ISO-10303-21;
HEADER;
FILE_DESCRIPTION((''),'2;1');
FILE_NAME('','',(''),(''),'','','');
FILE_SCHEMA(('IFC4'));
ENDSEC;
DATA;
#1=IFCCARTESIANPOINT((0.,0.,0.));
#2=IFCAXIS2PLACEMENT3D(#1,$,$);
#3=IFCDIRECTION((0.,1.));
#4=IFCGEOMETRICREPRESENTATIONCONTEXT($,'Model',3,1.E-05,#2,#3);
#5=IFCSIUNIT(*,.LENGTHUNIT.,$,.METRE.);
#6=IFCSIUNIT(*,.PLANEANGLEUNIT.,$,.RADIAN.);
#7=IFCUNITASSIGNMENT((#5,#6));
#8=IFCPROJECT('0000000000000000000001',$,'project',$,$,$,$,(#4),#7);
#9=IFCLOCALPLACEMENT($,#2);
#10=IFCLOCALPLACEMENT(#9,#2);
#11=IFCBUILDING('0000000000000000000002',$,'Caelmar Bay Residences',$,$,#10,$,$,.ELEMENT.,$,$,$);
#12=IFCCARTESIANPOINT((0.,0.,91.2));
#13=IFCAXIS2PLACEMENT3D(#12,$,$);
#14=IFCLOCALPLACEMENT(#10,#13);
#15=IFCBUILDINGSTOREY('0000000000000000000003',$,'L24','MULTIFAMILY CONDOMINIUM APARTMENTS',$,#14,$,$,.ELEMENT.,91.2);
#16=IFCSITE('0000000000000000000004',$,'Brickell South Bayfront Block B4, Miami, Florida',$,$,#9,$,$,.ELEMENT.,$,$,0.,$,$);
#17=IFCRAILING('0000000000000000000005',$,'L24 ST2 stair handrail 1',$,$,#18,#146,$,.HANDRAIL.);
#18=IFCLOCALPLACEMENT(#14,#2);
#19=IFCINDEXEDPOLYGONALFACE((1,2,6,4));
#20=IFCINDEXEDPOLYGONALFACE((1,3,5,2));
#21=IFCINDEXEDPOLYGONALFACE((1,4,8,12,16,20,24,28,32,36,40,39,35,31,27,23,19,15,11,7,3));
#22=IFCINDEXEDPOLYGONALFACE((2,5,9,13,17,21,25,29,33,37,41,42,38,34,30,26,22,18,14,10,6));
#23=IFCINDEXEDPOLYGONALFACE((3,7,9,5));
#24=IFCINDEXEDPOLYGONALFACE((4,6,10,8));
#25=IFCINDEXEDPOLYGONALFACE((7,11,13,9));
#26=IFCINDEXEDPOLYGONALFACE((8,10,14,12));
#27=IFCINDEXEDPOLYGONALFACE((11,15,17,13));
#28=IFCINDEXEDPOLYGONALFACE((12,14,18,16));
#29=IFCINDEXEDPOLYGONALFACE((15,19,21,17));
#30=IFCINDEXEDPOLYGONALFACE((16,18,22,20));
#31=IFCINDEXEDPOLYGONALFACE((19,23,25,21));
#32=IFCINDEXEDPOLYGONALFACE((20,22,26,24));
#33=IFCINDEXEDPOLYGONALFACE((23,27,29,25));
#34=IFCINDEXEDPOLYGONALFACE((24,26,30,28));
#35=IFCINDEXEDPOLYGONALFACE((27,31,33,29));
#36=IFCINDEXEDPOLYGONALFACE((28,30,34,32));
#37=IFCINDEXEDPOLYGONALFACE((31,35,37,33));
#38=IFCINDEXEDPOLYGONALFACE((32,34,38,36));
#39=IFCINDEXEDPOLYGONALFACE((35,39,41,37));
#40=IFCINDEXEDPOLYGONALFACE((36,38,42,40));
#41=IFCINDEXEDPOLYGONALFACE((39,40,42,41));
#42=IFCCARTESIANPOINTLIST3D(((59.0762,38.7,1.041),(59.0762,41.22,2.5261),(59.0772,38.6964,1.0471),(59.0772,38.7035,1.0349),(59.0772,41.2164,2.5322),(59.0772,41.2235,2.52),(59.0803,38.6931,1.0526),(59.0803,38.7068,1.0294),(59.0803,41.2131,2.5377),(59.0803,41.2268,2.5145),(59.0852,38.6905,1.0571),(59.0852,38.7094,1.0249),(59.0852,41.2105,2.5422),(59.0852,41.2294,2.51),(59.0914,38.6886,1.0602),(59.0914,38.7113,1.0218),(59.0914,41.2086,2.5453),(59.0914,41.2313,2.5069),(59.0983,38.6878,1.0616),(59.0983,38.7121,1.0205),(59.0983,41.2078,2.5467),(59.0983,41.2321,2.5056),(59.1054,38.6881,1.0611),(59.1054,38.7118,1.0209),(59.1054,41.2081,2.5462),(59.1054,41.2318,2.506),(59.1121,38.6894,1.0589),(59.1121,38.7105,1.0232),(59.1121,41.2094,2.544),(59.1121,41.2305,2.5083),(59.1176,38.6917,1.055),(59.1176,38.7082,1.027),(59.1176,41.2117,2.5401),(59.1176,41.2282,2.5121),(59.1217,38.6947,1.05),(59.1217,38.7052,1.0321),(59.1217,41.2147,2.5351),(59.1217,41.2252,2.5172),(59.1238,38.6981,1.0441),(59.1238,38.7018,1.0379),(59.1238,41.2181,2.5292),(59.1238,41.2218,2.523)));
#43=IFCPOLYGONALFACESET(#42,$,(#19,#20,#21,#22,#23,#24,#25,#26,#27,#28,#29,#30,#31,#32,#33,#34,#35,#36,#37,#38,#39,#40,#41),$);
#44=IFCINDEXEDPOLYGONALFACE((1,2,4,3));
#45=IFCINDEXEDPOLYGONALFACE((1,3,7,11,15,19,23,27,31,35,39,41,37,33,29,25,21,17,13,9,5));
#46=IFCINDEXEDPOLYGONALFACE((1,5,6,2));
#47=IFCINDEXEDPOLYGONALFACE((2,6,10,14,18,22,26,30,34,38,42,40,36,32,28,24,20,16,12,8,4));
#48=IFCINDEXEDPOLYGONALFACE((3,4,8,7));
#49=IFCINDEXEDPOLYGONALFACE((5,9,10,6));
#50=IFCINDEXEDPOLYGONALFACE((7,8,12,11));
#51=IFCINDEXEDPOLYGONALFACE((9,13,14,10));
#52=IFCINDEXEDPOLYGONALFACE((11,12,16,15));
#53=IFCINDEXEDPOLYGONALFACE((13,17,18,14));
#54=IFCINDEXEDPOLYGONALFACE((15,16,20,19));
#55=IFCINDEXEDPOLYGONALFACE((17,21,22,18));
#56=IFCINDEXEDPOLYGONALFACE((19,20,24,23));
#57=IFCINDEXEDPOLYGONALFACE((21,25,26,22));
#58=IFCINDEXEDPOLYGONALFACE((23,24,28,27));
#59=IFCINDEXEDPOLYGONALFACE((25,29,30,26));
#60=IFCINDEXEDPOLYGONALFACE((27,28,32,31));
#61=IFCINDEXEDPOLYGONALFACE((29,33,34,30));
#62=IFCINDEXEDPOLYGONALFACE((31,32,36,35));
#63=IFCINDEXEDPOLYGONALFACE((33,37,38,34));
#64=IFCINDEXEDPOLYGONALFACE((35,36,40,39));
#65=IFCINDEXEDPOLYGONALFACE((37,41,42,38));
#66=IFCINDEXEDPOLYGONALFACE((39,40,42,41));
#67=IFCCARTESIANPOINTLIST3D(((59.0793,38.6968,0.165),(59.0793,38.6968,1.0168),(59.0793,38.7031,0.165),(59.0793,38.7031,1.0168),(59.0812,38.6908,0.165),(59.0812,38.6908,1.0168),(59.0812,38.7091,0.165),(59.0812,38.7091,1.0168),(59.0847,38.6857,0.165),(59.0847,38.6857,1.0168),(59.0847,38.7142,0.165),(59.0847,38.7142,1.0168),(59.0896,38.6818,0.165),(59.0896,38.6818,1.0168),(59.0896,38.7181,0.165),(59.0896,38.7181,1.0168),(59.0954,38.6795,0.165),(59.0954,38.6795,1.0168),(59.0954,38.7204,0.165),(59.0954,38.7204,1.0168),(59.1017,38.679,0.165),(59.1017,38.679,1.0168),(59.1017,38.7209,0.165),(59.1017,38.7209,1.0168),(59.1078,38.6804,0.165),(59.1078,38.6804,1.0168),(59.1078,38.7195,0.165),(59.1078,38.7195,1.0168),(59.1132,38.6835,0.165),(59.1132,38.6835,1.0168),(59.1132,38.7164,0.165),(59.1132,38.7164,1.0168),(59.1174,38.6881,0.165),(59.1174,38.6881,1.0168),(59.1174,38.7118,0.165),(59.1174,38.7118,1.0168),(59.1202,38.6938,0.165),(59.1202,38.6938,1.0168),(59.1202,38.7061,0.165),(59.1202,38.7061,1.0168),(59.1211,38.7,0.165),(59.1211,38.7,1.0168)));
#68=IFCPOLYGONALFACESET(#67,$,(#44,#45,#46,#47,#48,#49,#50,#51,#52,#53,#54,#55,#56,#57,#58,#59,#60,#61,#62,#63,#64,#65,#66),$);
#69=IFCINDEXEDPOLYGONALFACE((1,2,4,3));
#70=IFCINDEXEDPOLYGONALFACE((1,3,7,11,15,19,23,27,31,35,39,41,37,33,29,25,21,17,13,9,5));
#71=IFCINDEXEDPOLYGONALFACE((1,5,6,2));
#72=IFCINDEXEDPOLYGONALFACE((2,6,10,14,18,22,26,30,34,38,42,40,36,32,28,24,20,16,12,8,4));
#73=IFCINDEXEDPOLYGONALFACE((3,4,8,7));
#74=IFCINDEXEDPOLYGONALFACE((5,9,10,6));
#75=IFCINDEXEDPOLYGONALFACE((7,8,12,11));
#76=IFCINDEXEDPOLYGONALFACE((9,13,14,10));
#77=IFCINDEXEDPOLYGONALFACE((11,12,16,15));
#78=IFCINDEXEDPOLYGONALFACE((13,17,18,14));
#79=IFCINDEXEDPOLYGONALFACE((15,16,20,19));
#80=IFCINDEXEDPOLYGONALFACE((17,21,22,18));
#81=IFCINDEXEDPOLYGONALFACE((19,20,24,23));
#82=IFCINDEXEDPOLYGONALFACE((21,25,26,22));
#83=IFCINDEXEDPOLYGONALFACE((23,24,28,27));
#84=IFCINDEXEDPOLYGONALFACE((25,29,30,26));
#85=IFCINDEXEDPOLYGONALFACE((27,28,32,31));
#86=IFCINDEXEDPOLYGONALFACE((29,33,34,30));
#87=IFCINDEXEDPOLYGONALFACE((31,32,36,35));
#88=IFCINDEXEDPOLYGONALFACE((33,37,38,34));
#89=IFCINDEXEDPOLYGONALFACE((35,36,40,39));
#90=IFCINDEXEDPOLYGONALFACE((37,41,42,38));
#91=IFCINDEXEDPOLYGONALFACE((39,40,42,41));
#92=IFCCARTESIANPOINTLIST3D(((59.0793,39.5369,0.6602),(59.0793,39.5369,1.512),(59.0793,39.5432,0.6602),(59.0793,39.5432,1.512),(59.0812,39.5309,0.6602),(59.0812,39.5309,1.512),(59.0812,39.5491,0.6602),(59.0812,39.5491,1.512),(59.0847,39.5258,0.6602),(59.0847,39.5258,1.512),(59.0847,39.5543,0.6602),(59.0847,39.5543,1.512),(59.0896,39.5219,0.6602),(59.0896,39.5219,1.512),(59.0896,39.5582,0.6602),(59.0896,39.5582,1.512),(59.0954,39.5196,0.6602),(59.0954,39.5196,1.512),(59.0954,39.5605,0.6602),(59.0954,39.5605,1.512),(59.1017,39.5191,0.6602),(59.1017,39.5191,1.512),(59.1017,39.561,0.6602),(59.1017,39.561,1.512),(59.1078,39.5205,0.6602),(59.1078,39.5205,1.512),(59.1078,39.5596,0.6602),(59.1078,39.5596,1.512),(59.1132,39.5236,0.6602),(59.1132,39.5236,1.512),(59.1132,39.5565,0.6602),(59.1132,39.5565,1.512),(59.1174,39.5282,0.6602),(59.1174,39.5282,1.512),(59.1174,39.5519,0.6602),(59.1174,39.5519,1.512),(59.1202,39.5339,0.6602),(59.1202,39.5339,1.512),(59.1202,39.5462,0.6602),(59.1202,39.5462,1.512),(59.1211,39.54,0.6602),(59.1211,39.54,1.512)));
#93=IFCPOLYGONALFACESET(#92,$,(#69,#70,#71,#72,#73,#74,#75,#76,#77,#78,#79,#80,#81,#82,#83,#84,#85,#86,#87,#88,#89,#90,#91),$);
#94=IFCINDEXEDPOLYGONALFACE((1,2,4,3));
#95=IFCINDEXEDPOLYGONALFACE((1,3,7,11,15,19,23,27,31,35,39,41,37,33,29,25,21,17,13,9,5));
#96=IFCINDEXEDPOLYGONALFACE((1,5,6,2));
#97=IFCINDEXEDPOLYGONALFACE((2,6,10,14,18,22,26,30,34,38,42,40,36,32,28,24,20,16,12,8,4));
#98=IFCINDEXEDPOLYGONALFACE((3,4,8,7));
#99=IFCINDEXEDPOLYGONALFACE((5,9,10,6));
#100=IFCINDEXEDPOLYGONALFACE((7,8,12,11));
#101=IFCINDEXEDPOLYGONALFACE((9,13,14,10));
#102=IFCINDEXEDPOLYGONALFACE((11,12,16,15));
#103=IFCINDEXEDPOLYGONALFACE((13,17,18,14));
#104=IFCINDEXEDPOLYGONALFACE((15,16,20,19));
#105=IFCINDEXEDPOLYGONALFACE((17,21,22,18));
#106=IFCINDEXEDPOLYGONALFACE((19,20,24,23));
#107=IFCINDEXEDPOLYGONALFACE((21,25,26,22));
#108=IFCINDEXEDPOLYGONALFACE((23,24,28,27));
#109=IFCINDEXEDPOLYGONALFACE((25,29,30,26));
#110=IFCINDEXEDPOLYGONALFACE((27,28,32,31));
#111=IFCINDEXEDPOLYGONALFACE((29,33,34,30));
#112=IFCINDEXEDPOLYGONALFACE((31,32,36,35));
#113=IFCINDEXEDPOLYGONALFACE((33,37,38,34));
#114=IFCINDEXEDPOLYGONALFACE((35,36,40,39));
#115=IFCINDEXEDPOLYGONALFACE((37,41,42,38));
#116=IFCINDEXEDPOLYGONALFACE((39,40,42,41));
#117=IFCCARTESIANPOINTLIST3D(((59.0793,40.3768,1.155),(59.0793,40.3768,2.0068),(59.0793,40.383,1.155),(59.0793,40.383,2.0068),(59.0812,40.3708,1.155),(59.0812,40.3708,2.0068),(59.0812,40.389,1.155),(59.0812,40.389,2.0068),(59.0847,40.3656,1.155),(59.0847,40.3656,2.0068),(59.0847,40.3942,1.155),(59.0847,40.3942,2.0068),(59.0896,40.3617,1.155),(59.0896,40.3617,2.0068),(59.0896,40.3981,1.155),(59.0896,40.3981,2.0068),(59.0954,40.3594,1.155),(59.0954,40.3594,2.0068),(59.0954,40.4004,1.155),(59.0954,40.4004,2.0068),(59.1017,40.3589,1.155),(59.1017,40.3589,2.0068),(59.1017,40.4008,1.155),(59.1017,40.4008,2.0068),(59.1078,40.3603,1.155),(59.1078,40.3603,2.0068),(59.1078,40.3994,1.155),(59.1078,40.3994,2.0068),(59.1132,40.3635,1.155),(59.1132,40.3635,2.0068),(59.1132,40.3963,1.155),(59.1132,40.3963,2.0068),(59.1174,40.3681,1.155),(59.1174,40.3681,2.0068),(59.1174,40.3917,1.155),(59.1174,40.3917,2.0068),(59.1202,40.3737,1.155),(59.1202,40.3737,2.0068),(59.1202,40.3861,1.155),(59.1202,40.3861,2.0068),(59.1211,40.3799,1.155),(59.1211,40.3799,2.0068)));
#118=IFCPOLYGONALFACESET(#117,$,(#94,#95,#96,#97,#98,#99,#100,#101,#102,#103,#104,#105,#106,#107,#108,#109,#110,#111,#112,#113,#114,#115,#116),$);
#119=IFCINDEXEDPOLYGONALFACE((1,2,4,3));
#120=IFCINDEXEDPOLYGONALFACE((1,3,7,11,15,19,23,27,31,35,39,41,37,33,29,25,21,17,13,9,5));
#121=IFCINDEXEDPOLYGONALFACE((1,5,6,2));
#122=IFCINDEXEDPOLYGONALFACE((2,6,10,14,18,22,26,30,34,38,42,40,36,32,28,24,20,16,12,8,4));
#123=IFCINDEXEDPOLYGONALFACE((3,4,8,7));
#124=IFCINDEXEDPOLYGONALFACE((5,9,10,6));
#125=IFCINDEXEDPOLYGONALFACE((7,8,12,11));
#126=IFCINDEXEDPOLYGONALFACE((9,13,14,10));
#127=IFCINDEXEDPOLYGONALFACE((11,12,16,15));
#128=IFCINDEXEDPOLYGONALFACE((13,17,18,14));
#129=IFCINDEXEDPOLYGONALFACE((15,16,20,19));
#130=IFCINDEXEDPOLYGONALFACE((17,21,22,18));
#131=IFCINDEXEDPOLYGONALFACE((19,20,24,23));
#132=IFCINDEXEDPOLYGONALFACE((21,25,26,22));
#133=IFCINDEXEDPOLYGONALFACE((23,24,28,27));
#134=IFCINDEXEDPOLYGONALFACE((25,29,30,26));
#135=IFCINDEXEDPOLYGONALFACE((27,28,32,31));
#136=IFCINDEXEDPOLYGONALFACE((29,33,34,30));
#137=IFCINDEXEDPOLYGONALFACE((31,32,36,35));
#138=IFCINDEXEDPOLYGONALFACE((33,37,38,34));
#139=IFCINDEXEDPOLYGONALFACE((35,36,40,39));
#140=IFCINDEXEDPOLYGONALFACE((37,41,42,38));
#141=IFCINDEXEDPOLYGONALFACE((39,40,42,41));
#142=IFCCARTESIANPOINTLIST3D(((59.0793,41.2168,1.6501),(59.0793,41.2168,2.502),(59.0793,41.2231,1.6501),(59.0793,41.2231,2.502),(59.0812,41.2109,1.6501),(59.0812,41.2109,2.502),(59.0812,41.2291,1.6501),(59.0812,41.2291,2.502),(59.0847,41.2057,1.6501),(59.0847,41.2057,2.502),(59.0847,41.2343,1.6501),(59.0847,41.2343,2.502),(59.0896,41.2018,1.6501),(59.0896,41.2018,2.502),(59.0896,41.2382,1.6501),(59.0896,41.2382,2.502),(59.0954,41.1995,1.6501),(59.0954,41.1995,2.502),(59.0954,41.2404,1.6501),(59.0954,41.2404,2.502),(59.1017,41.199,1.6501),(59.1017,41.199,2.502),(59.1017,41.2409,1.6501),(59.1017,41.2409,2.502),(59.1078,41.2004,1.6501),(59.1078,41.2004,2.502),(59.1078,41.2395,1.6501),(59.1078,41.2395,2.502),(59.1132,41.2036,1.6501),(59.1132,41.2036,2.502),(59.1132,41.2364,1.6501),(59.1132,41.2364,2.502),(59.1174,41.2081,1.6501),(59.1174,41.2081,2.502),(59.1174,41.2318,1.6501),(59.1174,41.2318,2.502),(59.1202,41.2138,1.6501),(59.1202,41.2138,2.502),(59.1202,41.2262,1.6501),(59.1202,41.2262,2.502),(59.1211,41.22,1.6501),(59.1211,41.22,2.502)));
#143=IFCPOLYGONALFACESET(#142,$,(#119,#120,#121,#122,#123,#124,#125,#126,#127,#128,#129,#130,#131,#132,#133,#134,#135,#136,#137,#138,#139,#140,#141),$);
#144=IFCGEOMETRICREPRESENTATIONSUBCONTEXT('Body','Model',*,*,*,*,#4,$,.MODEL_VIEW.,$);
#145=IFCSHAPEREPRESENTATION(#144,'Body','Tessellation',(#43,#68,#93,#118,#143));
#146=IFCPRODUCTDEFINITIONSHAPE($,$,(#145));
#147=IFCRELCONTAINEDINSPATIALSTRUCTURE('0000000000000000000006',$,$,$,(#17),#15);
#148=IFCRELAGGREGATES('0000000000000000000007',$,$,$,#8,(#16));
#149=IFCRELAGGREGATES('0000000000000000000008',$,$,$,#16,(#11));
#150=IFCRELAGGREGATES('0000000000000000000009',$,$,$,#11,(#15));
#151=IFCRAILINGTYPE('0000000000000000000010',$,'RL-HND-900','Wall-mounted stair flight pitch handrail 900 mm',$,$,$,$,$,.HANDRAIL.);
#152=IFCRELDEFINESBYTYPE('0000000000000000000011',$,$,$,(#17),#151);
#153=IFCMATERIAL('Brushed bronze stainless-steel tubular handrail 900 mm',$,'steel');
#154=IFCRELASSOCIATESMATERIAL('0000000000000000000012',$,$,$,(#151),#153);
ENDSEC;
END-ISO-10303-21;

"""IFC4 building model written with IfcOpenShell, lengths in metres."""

from ifc_helpers import new_model, si_unit, direction, frame, origin, origin_2d, place, context, subcontext, project, spatial, circle, extrude, material, type_object, element, save


model = new_model("IFC4")

# Units and contexts
model_context = context("Model", 3, precision=1e-05, world=origin(), true_north=direction((0.0, 1.0)))
body_context = subcontext(model_context, "Body", "Model", "MODEL_VIEW")
ifc_project = project(units=[si_unit("LENGTHUNIT", "METRE"), si_unit("PLANEANGLEUNIT", "RADIAN")], contexts=[model_context])

# Site, building, storey
site_placement = place(None, origin())
site = spatial("IfcSite", under=ifc_project, at=site_placement, Name="Brickell South Bayfront Block B4, Miami, Florida", CompositionType="ELEMENT", RefElevation=0.0)
building_placement = place(site_placement, origin())
building = spatial("IfcBuilding", under=site, at=building_placement, Name="Caelmar Bay Residences", CompositionType="ELEMENT")
storey_placement = place(building_placement, frame((0.0, 0.0, 91.2)))
storey = spatial("IfcBuildingStorey", under=building, at=storey_placement, Name="L24", Description="MULTIFAMILY CONDOMINIUM APARTMENTS", CompositionType="ELEMENT", Elevation=91.2)

# Railing
ifc_material_1 = material(Name="Brushed bronze stainless-steel tubular handrail 900 mm", Category="steel")
railing_type_1 = type_object("IfcRailingType", Name="RL-HND-900", Description="Wall-mounted stair flight pitch handrail 900 mm", PredefinedType="HANDRAIL", material=ifc_material_1)
railing_1_placement = place(storey_placement, frame((59.1001, 38.7, 0.165)))
element("IfcRailing", 1, at=railing_1_placement, inside=storey, type_object=railing_type_1, Name="L24 ST2 stair handrail 1", PredefinedType="HANDRAIL", context=body_context, shape_type="SweptSolid", body=[
    extrude(circle(Radius=0.0239, at=origin_2d()), frame((0.0, 0.0, 0.876), z_axis=(0.0, 0.861524, 0.507717), x_axis=(-1.0, 0.0, 0.0)), (0.0, 0.0, 1.0), 2.925),
    extrude(circle(Radius=0.021, at=origin_2d()), origin(), (0.0, 0.0, 1.0), 0.8518),
    extrude(circle(Radius=0.021, at=origin_2d()), frame((0.0, 0.8401, 0.4951)), (0.0, 0.0, 1.0), 0.8518),
    extrude(circle(Radius=0.021, at=origin_2d()), frame((0.0, 1.6799, 0.99)), (0.0, 0.0, 1.0), 0.8518),
    extrude(circle(Radius=0.021, at=origin_2d()), frame((0.0, 2.52, 1.4851)), (0.0, 0.0, 1.0), 0.8518),
])

save(model, "model.ifc")
